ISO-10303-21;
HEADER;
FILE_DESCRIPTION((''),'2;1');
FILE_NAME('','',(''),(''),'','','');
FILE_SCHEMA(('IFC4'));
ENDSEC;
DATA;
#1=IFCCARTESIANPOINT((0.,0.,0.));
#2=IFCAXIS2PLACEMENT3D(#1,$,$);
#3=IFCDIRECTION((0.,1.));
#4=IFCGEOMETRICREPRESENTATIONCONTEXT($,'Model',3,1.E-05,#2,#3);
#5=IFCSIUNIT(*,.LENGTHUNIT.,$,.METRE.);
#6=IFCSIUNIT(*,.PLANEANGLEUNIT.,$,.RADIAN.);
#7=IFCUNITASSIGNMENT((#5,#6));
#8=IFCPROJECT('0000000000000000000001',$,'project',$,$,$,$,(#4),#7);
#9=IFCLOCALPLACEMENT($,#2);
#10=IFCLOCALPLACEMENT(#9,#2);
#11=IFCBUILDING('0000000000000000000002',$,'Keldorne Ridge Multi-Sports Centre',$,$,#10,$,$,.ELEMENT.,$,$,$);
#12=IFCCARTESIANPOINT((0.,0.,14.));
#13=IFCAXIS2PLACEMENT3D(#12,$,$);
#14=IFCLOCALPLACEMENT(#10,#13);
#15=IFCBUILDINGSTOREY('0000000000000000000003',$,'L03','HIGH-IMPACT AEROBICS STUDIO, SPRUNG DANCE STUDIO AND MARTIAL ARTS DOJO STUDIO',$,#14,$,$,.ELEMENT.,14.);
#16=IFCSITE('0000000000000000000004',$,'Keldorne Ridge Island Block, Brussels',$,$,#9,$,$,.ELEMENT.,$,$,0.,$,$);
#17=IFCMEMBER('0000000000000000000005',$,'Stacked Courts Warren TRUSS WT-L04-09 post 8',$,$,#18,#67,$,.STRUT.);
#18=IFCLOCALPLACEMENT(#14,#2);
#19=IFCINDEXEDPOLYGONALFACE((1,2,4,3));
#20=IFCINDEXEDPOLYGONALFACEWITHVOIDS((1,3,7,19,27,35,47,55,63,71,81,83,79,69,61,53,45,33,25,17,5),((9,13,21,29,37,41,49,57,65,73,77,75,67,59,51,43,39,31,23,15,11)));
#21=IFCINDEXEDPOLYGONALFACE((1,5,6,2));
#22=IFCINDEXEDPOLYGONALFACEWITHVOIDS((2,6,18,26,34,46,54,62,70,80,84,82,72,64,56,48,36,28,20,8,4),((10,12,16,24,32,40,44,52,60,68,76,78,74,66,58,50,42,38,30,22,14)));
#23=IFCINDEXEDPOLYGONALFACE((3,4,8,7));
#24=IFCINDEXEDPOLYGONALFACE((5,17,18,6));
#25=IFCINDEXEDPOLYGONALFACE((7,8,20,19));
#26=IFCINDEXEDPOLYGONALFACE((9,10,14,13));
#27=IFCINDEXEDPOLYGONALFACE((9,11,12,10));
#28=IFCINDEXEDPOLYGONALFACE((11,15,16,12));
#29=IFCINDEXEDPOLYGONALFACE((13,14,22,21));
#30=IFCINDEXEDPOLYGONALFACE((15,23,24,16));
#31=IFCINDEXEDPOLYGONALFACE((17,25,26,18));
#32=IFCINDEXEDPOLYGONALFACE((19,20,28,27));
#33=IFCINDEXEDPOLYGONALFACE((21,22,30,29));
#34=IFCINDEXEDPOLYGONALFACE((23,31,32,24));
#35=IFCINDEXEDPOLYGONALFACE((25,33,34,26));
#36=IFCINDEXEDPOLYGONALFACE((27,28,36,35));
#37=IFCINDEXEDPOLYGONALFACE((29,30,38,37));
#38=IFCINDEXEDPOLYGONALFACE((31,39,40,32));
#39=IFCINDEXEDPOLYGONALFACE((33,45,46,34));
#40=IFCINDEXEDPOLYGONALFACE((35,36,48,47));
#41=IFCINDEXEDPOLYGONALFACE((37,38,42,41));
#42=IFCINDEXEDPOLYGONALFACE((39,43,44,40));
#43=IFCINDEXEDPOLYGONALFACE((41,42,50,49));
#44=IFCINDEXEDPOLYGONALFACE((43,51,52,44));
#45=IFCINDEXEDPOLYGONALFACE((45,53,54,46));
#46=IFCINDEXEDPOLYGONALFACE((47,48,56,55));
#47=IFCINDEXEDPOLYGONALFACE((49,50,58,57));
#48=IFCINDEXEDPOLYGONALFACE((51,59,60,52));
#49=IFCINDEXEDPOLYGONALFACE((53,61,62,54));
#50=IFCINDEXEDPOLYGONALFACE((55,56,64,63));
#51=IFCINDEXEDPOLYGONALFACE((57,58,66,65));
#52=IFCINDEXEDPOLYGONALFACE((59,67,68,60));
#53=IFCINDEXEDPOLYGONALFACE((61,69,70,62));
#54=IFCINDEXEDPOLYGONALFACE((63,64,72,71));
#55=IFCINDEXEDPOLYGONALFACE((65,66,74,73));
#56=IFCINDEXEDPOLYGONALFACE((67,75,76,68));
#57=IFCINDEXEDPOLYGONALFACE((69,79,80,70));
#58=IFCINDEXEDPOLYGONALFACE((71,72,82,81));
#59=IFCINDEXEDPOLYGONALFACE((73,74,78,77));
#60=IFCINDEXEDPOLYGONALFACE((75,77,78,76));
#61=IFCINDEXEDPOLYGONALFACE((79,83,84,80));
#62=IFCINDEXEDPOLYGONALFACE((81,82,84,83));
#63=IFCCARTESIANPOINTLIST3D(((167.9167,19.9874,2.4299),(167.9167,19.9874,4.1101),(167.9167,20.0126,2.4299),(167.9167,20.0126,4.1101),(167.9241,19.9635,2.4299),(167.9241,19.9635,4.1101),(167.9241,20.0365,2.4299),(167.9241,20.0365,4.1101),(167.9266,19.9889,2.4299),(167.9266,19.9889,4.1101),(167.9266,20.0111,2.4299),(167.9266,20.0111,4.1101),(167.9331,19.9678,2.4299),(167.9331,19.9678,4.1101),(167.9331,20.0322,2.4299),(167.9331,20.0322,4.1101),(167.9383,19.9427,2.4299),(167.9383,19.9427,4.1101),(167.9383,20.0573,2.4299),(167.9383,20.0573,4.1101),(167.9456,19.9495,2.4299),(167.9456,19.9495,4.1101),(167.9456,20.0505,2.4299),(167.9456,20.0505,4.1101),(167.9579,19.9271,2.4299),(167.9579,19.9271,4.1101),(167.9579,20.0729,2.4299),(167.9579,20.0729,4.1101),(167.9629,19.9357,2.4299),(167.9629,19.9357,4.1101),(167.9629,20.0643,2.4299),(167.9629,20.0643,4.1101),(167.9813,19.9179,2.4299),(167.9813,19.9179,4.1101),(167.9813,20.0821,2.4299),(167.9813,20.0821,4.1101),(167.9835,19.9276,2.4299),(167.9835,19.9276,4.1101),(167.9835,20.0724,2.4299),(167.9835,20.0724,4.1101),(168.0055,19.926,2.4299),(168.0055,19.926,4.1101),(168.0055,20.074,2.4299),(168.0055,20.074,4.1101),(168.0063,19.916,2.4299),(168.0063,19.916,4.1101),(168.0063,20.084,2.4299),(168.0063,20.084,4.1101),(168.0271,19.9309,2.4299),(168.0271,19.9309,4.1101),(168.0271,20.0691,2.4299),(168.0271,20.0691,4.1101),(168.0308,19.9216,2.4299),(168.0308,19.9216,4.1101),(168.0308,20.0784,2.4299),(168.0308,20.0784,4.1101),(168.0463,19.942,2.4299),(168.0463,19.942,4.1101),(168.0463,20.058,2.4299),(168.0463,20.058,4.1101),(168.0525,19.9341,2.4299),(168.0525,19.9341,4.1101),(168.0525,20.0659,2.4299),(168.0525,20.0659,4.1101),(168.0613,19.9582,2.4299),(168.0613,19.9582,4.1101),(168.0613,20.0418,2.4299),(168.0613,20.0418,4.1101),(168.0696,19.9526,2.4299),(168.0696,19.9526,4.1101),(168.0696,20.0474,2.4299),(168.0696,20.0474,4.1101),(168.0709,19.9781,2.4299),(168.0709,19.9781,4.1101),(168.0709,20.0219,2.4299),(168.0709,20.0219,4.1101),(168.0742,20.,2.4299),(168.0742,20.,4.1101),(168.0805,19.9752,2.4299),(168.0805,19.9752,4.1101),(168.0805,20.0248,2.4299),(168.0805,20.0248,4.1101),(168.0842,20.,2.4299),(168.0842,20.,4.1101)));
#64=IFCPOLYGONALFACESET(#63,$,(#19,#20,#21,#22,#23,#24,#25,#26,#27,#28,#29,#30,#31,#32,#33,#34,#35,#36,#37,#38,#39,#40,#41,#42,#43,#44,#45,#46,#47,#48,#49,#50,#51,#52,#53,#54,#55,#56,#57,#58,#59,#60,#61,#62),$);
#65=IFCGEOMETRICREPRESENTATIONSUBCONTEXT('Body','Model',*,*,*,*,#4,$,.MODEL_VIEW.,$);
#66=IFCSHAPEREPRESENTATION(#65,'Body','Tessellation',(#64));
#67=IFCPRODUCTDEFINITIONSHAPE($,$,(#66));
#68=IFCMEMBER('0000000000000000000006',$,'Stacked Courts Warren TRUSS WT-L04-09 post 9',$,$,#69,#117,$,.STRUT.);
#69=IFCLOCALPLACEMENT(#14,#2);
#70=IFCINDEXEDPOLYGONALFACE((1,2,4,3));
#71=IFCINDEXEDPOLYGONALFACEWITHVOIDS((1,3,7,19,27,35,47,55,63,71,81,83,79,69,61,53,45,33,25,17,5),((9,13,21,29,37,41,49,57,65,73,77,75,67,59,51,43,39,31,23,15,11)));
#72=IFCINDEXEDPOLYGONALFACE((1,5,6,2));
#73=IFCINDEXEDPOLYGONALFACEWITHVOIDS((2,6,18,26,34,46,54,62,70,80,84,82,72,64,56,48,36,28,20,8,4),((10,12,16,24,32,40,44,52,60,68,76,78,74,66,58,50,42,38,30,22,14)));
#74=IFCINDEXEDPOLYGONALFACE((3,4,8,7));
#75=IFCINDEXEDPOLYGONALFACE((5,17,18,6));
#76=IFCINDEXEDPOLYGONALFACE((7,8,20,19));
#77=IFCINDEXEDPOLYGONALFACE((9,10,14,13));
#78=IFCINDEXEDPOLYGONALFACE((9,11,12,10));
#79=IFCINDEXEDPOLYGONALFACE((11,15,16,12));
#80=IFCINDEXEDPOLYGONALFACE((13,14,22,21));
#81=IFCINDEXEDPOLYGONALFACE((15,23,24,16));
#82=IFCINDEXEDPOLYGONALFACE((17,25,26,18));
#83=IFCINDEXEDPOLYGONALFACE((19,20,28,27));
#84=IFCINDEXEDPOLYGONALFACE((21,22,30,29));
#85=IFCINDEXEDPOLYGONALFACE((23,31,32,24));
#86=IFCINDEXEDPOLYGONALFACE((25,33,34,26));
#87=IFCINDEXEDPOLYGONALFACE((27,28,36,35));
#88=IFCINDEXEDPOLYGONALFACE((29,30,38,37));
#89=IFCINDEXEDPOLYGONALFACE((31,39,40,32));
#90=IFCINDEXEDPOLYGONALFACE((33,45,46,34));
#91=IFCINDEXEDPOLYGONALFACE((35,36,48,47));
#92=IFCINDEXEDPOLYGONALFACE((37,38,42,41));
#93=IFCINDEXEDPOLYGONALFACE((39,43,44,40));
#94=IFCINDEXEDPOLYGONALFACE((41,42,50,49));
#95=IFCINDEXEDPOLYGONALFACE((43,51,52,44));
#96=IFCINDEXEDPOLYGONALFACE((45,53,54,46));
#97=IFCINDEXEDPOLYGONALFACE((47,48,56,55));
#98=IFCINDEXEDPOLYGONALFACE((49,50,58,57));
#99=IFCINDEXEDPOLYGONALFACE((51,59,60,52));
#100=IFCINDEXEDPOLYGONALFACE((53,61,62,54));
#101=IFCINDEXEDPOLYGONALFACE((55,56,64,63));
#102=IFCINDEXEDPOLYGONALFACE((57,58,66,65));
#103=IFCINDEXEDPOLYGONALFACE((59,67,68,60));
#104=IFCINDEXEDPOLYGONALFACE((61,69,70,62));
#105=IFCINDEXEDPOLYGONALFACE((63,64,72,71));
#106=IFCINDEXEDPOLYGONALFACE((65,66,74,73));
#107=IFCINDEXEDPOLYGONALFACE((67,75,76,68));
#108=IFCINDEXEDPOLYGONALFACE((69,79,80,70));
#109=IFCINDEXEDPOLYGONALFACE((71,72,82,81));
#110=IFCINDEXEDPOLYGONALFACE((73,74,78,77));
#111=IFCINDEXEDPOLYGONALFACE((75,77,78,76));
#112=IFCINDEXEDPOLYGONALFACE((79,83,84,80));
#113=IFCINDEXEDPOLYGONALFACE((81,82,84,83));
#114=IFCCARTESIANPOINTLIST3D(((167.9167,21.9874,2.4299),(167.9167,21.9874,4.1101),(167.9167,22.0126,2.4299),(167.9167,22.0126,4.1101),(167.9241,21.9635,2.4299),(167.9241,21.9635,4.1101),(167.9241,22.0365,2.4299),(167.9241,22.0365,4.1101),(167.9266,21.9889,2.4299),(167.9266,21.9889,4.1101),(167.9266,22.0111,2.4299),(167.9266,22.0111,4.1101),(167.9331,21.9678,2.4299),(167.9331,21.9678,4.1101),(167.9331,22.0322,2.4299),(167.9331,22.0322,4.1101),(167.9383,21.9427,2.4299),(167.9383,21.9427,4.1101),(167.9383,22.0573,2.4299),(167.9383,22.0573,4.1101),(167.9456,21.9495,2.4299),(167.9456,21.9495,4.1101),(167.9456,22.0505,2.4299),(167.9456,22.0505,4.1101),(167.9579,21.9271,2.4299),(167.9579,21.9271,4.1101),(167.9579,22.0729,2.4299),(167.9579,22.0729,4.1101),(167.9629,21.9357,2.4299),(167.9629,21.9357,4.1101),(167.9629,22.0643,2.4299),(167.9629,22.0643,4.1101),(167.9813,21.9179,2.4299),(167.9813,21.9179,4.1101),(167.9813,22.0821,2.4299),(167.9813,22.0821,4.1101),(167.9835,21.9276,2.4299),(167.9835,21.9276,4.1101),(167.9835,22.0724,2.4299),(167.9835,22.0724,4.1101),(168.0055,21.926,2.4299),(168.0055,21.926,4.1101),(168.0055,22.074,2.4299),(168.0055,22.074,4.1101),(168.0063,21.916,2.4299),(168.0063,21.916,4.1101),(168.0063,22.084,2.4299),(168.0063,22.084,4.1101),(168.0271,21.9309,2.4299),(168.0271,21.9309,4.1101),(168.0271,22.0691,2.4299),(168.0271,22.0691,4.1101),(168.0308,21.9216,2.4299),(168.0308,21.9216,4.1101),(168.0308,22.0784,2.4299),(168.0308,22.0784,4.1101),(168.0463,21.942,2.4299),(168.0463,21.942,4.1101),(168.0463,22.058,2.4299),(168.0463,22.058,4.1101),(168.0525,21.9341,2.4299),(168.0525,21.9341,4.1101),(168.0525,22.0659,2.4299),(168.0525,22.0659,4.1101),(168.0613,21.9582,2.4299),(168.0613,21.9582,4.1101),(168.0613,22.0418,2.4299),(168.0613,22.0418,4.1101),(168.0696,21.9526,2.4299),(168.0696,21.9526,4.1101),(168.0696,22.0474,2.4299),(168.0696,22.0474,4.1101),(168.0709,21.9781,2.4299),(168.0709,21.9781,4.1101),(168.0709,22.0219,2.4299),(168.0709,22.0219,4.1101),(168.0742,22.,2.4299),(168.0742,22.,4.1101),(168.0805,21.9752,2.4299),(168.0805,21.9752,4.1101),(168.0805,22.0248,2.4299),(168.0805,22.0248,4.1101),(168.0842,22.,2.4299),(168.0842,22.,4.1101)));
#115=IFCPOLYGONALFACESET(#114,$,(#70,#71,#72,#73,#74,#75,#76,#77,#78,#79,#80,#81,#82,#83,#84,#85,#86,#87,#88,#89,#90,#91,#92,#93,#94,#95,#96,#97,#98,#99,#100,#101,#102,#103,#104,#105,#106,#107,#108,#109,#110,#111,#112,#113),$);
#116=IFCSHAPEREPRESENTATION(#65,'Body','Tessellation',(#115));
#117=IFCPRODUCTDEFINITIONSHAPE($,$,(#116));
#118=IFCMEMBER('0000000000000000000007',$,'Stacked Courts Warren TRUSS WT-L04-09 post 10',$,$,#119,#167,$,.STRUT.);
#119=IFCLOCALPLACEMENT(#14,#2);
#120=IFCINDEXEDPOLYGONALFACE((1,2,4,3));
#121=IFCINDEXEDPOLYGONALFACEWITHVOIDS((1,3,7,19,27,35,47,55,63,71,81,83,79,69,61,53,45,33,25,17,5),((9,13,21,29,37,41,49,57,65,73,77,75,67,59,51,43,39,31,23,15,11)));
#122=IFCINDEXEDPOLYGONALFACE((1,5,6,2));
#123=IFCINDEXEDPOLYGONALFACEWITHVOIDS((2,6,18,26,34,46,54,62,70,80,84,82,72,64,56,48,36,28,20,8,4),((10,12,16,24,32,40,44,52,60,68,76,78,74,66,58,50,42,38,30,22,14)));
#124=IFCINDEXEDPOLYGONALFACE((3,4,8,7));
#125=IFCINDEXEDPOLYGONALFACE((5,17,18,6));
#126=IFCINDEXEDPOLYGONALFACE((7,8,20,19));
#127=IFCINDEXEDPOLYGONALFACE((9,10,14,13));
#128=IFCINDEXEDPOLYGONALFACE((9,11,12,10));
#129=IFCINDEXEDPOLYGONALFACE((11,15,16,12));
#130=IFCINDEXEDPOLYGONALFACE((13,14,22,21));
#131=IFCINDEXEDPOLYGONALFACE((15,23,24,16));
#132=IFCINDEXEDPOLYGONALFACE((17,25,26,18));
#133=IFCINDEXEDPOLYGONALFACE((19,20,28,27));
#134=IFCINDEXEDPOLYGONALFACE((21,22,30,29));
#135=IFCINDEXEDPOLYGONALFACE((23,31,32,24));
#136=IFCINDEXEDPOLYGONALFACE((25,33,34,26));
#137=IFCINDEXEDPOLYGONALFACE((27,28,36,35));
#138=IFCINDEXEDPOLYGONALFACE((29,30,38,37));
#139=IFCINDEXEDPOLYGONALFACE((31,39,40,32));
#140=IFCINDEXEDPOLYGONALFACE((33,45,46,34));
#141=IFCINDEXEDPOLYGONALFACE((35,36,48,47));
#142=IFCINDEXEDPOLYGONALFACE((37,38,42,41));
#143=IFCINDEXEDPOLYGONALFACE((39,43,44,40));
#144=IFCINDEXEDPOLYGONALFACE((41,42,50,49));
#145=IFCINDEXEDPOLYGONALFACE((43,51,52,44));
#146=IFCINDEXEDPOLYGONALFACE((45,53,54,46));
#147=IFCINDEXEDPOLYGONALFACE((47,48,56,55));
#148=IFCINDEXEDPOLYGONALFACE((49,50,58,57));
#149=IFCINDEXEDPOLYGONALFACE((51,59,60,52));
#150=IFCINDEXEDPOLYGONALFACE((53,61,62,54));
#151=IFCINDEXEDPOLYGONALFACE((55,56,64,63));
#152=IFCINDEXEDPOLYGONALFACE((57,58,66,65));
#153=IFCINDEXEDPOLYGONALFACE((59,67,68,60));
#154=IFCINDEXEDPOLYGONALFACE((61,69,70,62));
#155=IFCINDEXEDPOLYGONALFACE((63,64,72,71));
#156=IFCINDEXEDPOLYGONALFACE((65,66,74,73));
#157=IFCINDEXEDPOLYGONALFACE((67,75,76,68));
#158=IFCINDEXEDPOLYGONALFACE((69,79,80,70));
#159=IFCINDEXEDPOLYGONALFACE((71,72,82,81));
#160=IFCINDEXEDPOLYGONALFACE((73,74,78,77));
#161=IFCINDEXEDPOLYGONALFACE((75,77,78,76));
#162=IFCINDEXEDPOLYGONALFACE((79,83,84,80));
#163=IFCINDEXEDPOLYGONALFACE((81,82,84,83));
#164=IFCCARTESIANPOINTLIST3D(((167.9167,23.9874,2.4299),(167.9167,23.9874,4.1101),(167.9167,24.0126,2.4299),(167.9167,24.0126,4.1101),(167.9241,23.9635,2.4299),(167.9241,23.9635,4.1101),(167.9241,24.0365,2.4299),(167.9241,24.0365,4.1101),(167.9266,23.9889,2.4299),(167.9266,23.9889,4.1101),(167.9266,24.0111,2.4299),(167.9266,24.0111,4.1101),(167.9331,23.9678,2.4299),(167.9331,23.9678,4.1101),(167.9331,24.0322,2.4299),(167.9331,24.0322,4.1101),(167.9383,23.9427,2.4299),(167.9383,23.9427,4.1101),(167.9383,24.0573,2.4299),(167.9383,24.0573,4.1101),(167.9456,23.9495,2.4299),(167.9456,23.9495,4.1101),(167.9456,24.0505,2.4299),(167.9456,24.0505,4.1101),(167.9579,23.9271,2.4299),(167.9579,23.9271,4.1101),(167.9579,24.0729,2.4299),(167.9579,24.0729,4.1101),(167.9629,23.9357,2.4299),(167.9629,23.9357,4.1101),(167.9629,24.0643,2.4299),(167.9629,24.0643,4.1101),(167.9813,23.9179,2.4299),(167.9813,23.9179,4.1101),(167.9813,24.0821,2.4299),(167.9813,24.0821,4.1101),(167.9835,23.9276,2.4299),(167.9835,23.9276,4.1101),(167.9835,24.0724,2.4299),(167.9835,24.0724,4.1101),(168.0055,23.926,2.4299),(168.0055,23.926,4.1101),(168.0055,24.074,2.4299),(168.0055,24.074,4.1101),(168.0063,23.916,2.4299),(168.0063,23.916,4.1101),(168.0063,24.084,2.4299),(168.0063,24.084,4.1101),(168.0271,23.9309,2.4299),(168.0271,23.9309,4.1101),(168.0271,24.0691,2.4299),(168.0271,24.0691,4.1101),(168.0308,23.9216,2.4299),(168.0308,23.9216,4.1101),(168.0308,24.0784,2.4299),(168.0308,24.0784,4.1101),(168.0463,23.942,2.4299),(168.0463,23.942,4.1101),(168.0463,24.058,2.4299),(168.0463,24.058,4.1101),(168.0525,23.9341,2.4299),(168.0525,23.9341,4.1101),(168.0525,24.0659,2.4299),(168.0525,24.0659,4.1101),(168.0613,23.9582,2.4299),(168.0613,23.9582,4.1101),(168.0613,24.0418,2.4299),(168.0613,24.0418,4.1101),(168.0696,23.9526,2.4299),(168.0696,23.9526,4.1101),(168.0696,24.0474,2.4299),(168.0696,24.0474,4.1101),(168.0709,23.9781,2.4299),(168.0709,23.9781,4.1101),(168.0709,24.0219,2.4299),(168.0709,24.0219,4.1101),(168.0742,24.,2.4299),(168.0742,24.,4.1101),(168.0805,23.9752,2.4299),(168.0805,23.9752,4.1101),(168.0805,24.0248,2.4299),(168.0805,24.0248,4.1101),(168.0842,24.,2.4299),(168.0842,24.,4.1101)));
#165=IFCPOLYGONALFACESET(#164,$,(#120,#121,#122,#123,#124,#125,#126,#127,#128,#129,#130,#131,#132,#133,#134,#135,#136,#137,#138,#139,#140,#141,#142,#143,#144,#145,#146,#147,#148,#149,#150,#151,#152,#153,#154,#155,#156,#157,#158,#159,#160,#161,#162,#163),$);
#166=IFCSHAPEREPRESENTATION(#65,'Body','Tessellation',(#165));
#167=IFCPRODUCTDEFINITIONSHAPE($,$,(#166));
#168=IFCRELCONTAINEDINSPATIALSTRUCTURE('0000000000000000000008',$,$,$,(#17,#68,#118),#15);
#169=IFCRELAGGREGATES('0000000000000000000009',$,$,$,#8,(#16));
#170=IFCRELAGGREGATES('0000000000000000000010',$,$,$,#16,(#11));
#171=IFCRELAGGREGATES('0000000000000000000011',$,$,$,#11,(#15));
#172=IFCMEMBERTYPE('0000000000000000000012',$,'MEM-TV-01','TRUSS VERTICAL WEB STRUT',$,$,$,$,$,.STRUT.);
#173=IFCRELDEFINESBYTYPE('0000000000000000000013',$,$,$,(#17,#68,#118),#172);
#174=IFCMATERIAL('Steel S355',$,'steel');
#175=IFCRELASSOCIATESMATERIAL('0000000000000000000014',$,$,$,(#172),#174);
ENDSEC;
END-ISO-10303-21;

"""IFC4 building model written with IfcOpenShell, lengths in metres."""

from ifc_helpers import new_model, si_unit, direction, frame, origin, origin_2d, place, context, subcontext, project, spatial, hollow_circle, extrude, material, material_profile, profile_set, type_object, element, save


model = new_model("IFC4")

# Units and contexts
model_context = context("Model", 3, precision=1e-05, world=origin(), true_north=direction((0.0, 1.0)))
body_context = subcontext(model_context, "Body", "Model", "MODEL_VIEW")
ifc_project = project(units=[si_unit("LENGTHUNIT", "METRE"), si_unit("PLANEANGLEUNIT", "RADIAN")], contexts=[model_context])

# Site, building, storey
site_placement = place(None, origin())
site = spatial("IfcSite", under=ifc_project, at=site_placement, Name="Keldorne Ridge Island Block, Brussels", CompositionType="ELEMENT", RefElevation=0.0)
building_placement = place(site_placement, origin())
building = spatial("IfcBuilding", under=site, at=building_placement, Name="Keldorne Ridge Multi-Sports Centre", CompositionType="ELEMENT")
storey_placement = place(building_placement, frame((0.0, 0.0, 14.0)))
storey = spatial("IfcBuildingStorey", under=building, at=storey_placement, Name="L03", Description="HIGH-IMPACT AEROBICS STUDIO, SPRUNG DANCE STUDIO AND MARTIAL ARTS DOJO STUDIO", CompositionType="ELEMENT", Elevation=14.0)

# Shared definitions
ifc_material_1 = material(Name="Steel S355", Category="steel")

# Members
ifc_material_profile_1 = material_profile(ifc_material_1, hollow_circle(Radius=0.0842, WallThickness=0.01, at=origin_2d()), Name="CHS 168.3x10")
ifc_profile_set_1 = profile_set([ifc_material_profile_1], Name="Steel S355")
member_type_1 = type_object("IfcMemberType", Name="MEM-TV-01", Description="TRUSS VERTICAL WEB STRUT", PredefinedType="STRUT", material=ifc_profile_set_1)
for number, where, z_axis, x_axis, name in (
    (1, (168.0, 20.0, 2.4299), (0.0, 0.0, 1.0), (1.0, 0.0, 0.0), "Stacked Courts Warren TRUSS WT-L04-09 post 8"),
    (2, (168.0, 22.0, 2.4299), (0.0, 0.0, 1.0), (1.0, 0.0, 0.0), "Stacked Courts Warren TRUSS WT-L04-09 post 9"),
    (3, (168.0, 24.0, 2.4299), (0.0, 0.0, 1.0), (1.0, 0.0, 0.0), "Stacked Courts Warren TRUSS WT-L04-09 post 10"),
):
    element("IfcMember", number, at=place(storey_placement, frame(where, z_axis=z_axis, x_axis=x_axis)), inside=storey, type_object=member_type_1, Name=name, PredefinedType="STRUT", context=body_context, shape_type="SweptSolid", body=[
        extrude(hollow_circle(Radius=0.0842, WallThickness=0.01, at=origin_2d()), origin(), (0.0, 0.0, 1.0), 1.6802),
    ])

save(model, "model.ifc")
